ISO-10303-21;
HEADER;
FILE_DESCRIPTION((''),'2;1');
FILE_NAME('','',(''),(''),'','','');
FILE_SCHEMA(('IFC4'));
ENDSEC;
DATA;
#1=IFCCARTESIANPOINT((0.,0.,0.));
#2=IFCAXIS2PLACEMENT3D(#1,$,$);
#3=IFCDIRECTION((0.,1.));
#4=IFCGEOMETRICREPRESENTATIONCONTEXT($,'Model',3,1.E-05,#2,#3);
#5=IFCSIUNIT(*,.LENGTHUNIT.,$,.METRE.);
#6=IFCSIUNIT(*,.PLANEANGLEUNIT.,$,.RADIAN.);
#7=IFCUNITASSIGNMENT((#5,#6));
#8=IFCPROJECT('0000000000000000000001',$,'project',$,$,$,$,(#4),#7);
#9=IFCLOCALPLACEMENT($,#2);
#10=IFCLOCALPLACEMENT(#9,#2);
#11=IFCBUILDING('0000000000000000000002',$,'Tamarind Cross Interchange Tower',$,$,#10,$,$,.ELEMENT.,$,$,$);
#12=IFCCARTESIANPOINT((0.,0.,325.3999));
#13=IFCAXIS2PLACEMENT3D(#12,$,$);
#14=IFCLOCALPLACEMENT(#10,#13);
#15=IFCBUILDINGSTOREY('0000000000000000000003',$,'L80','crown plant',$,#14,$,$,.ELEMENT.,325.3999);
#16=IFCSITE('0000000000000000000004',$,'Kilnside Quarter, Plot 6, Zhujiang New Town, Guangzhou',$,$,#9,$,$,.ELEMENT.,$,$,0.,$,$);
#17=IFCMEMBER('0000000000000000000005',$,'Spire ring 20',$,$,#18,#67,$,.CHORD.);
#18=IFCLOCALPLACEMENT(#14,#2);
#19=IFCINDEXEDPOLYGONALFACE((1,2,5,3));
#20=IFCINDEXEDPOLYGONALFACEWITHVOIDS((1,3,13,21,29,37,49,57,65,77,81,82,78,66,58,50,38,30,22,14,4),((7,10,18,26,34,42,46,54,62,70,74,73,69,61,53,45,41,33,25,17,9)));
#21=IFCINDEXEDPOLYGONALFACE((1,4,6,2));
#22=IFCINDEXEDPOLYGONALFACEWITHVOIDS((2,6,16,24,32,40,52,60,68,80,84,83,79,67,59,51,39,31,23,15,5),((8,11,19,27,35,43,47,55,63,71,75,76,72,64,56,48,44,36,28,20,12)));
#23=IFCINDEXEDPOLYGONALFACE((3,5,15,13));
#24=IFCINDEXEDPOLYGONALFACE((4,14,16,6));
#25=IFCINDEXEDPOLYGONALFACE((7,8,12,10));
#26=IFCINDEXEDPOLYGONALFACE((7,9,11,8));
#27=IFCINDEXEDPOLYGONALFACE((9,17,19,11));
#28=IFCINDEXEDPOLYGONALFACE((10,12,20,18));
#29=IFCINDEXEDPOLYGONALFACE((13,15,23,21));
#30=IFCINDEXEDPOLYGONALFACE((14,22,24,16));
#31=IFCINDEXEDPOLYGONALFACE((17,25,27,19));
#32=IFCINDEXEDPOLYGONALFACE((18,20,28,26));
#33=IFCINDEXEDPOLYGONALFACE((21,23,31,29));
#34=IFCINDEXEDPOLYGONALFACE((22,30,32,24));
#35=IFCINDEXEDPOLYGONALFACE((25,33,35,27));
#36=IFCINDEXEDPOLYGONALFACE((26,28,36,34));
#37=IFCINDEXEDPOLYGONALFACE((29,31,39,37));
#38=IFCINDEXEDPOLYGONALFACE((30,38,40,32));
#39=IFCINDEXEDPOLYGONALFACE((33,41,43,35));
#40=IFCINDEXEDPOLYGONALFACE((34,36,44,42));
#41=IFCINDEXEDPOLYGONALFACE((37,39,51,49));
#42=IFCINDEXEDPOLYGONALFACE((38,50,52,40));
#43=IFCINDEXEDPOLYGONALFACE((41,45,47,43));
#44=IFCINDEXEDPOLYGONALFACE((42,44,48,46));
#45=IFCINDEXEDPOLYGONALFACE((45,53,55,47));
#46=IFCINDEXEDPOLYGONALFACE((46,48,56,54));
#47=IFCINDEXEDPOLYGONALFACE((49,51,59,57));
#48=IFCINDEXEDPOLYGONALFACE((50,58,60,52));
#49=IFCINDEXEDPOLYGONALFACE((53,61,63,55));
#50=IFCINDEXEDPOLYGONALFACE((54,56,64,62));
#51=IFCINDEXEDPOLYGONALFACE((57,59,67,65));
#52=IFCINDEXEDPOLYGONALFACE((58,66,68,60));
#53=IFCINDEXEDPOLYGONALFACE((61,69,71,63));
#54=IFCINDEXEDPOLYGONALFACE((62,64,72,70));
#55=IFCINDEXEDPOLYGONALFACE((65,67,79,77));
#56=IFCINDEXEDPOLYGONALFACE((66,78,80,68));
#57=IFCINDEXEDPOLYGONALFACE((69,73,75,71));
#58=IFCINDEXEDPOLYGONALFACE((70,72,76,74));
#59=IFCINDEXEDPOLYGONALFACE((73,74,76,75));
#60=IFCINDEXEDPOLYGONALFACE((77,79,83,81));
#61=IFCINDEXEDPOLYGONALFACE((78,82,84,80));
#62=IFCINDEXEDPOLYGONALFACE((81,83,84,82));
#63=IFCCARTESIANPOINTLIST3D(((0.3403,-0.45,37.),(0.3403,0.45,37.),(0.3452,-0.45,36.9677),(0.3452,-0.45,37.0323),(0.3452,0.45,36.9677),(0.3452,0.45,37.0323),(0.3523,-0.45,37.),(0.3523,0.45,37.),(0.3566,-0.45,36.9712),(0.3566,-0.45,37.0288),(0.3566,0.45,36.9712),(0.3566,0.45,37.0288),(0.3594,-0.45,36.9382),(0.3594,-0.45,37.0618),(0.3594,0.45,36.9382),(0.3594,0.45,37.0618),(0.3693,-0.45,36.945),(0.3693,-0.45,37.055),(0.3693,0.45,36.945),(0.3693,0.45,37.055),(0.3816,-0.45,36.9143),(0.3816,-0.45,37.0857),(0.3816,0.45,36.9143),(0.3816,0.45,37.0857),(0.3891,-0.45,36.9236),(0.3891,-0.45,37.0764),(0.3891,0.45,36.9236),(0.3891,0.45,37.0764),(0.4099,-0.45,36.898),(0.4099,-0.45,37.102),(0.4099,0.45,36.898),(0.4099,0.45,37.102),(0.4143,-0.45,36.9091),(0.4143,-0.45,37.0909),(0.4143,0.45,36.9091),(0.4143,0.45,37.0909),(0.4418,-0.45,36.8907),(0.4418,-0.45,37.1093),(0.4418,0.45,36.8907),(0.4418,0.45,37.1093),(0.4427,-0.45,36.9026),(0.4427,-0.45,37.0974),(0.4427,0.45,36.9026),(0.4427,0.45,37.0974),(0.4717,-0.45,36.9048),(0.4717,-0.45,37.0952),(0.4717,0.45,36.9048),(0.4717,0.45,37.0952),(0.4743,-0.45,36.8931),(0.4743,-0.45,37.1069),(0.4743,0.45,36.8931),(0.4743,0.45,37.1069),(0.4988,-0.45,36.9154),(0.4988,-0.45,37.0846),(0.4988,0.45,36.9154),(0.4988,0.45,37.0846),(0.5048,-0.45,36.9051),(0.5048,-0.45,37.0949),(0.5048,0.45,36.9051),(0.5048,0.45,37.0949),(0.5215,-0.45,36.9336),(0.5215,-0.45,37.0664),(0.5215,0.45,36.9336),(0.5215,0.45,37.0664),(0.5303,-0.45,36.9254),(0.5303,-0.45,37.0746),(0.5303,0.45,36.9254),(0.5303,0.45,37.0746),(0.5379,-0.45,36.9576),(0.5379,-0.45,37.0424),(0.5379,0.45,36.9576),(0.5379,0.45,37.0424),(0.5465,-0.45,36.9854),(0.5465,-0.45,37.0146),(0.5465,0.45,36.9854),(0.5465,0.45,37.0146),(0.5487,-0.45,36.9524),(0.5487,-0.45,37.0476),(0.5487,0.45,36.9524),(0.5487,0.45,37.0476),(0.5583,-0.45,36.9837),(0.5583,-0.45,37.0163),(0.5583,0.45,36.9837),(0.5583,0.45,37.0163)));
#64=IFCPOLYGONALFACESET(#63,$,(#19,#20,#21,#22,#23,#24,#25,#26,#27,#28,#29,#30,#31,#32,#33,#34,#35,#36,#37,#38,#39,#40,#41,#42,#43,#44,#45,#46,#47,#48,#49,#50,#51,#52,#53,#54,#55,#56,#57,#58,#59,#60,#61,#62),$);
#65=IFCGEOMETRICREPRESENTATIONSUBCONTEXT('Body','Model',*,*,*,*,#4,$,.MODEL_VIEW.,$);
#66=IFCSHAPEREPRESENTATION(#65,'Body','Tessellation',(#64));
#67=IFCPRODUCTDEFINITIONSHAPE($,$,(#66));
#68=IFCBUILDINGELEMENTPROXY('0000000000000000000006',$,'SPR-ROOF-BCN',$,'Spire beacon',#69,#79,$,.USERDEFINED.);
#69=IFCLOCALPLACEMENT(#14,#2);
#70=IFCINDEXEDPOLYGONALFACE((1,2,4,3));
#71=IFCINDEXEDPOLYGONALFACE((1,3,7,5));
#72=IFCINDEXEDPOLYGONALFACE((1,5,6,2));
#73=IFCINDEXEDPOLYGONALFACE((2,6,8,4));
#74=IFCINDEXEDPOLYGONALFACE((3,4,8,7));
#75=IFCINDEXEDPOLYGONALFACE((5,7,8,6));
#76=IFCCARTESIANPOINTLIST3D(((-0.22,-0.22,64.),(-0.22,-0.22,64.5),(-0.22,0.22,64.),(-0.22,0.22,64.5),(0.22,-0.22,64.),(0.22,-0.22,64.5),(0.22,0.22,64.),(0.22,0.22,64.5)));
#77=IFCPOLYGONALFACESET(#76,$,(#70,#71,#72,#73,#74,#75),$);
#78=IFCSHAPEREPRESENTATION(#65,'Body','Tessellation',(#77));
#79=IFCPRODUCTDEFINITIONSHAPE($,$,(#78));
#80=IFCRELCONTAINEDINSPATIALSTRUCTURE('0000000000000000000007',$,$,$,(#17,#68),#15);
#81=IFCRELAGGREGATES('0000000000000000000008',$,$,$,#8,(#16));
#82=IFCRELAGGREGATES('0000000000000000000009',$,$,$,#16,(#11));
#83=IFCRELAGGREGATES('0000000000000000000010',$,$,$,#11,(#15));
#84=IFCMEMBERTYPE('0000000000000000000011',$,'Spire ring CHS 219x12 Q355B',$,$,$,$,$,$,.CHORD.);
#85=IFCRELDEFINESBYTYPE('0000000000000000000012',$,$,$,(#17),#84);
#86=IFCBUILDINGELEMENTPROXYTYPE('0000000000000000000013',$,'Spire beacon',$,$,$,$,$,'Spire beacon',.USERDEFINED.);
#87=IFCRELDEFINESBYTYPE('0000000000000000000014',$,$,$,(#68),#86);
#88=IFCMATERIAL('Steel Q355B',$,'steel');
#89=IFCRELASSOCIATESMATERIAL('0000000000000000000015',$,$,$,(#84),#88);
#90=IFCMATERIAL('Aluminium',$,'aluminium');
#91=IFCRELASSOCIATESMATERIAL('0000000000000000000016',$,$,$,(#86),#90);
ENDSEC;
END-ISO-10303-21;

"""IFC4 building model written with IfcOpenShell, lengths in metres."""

from ifc_helpers import new_model, si_unit, direction, frame, origin, origin_2d, place, context, subcontext, project, spatial, rectangle, hollow_circle, extrude, material, material_profile, profile_set, type_object, element, save


model = new_model("IFC4")

# Units and contexts
model_context = context("Model", 3, precision=1e-05, world=origin(), true_north=direction((0.0, 1.0)))
body_context = subcontext(model_context, "Body", "Model", "MODEL_VIEW")
ifc_project = project(units=[si_unit("LENGTHUNIT", "METRE"), si_unit("PLANEANGLEUNIT", "RADIAN")], contexts=[model_context])

# Site, building, storey
site_placement = place(None, origin())
site = spatial("IfcSite", under=ifc_project, at=site_placement, Name="Kilnside Quarter, Plot 6, Zhujiang New Town, Guangzhou", CompositionType="ELEMENT", RefElevation=0.0)
building_placement = place(site_placement, origin())
building = spatial("IfcBuilding", under=site, at=building_placement, Name="Tamarind Cross Interchange Tower", CompositionType="ELEMENT")
storey_placement = place(building_placement, frame((0.0, 0.0, 325.3999)))
storey = spatial("IfcBuildingStorey", under=building, at=storey_placement, Name="L80", Description="crown plant", CompositionType="ELEMENT", Elevation=325.3999)

# Member
ifc_material_1 = material(Name="Steel Q355B", Category="steel")
ifc_material_profile_1 = material_profile(ifc_material_1, hollow_circle(Radius=0.1096, WallThickness=0.012, at=origin_2d()), Name="CHS 219x12")
ifc_profile_set_1 = profile_set([ifc_material_profile_1], Name="Steel Q355B")
member_type_1 = type_object("IfcMemberType", Name="Spire ring CHS 219x12 Q355B", PredefinedType="CHORD", material=ifc_profile_set_1)
for number, where, z_axis, x_axis, name in (
    (1, (0.45, -0.45, 37.0), (0.0, 1.0, 0.0), (-1.0, 0.0, 0.0), "Spire ring 20"),
):
    element("IfcMember", number, at=place(storey_placement, frame(where, z_axis=z_axis, x_axis=x_axis)), inside=storey, type_object=member_type_1, Name=name, PredefinedType="CHORD", context=body_context, shape_type="SweptSolid", body=[
        extrude(hollow_circle(Radius=0.1096, WallThickness=0.012, at=origin_2d()), origin(), (0.0, 0.0, 1.0), 0.8999),
    ])

# Building element proxy
ifc_material_2 = material(Name="Aluminium", Category="aluminium")
building_element_proxy_type = type_object("IfcBuildingElementProxyType", Name="Spire beacon", ElementType="Spire beacon", PredefinedType="USERDEFINED", material=ifc_material_2)
proxy_placement = place(storey_placement, frame((0.0, 0.0, 64.0), z_axis=(0.0, 0.0, 1.0), x_axis=(1.0, 0.0, 0.0)))
element("IfcBuildingElementProxy", 2, at=proxy_placement, inside=storey, type_object=building_element_proxy_type, Name="SPR-ROOF-BCN", ObjectType="Spire beacon", PredefinedType="USERDEFINED", context=body_context, shape_type="SweptSolid", body=[
    extrude(rectangle(XDim=0.4399, YDim=0.4399, at=origin_2d()), origin(), (0.0, 0.0, 1.0), 0.5),
])

save(model, "model.ifc")
